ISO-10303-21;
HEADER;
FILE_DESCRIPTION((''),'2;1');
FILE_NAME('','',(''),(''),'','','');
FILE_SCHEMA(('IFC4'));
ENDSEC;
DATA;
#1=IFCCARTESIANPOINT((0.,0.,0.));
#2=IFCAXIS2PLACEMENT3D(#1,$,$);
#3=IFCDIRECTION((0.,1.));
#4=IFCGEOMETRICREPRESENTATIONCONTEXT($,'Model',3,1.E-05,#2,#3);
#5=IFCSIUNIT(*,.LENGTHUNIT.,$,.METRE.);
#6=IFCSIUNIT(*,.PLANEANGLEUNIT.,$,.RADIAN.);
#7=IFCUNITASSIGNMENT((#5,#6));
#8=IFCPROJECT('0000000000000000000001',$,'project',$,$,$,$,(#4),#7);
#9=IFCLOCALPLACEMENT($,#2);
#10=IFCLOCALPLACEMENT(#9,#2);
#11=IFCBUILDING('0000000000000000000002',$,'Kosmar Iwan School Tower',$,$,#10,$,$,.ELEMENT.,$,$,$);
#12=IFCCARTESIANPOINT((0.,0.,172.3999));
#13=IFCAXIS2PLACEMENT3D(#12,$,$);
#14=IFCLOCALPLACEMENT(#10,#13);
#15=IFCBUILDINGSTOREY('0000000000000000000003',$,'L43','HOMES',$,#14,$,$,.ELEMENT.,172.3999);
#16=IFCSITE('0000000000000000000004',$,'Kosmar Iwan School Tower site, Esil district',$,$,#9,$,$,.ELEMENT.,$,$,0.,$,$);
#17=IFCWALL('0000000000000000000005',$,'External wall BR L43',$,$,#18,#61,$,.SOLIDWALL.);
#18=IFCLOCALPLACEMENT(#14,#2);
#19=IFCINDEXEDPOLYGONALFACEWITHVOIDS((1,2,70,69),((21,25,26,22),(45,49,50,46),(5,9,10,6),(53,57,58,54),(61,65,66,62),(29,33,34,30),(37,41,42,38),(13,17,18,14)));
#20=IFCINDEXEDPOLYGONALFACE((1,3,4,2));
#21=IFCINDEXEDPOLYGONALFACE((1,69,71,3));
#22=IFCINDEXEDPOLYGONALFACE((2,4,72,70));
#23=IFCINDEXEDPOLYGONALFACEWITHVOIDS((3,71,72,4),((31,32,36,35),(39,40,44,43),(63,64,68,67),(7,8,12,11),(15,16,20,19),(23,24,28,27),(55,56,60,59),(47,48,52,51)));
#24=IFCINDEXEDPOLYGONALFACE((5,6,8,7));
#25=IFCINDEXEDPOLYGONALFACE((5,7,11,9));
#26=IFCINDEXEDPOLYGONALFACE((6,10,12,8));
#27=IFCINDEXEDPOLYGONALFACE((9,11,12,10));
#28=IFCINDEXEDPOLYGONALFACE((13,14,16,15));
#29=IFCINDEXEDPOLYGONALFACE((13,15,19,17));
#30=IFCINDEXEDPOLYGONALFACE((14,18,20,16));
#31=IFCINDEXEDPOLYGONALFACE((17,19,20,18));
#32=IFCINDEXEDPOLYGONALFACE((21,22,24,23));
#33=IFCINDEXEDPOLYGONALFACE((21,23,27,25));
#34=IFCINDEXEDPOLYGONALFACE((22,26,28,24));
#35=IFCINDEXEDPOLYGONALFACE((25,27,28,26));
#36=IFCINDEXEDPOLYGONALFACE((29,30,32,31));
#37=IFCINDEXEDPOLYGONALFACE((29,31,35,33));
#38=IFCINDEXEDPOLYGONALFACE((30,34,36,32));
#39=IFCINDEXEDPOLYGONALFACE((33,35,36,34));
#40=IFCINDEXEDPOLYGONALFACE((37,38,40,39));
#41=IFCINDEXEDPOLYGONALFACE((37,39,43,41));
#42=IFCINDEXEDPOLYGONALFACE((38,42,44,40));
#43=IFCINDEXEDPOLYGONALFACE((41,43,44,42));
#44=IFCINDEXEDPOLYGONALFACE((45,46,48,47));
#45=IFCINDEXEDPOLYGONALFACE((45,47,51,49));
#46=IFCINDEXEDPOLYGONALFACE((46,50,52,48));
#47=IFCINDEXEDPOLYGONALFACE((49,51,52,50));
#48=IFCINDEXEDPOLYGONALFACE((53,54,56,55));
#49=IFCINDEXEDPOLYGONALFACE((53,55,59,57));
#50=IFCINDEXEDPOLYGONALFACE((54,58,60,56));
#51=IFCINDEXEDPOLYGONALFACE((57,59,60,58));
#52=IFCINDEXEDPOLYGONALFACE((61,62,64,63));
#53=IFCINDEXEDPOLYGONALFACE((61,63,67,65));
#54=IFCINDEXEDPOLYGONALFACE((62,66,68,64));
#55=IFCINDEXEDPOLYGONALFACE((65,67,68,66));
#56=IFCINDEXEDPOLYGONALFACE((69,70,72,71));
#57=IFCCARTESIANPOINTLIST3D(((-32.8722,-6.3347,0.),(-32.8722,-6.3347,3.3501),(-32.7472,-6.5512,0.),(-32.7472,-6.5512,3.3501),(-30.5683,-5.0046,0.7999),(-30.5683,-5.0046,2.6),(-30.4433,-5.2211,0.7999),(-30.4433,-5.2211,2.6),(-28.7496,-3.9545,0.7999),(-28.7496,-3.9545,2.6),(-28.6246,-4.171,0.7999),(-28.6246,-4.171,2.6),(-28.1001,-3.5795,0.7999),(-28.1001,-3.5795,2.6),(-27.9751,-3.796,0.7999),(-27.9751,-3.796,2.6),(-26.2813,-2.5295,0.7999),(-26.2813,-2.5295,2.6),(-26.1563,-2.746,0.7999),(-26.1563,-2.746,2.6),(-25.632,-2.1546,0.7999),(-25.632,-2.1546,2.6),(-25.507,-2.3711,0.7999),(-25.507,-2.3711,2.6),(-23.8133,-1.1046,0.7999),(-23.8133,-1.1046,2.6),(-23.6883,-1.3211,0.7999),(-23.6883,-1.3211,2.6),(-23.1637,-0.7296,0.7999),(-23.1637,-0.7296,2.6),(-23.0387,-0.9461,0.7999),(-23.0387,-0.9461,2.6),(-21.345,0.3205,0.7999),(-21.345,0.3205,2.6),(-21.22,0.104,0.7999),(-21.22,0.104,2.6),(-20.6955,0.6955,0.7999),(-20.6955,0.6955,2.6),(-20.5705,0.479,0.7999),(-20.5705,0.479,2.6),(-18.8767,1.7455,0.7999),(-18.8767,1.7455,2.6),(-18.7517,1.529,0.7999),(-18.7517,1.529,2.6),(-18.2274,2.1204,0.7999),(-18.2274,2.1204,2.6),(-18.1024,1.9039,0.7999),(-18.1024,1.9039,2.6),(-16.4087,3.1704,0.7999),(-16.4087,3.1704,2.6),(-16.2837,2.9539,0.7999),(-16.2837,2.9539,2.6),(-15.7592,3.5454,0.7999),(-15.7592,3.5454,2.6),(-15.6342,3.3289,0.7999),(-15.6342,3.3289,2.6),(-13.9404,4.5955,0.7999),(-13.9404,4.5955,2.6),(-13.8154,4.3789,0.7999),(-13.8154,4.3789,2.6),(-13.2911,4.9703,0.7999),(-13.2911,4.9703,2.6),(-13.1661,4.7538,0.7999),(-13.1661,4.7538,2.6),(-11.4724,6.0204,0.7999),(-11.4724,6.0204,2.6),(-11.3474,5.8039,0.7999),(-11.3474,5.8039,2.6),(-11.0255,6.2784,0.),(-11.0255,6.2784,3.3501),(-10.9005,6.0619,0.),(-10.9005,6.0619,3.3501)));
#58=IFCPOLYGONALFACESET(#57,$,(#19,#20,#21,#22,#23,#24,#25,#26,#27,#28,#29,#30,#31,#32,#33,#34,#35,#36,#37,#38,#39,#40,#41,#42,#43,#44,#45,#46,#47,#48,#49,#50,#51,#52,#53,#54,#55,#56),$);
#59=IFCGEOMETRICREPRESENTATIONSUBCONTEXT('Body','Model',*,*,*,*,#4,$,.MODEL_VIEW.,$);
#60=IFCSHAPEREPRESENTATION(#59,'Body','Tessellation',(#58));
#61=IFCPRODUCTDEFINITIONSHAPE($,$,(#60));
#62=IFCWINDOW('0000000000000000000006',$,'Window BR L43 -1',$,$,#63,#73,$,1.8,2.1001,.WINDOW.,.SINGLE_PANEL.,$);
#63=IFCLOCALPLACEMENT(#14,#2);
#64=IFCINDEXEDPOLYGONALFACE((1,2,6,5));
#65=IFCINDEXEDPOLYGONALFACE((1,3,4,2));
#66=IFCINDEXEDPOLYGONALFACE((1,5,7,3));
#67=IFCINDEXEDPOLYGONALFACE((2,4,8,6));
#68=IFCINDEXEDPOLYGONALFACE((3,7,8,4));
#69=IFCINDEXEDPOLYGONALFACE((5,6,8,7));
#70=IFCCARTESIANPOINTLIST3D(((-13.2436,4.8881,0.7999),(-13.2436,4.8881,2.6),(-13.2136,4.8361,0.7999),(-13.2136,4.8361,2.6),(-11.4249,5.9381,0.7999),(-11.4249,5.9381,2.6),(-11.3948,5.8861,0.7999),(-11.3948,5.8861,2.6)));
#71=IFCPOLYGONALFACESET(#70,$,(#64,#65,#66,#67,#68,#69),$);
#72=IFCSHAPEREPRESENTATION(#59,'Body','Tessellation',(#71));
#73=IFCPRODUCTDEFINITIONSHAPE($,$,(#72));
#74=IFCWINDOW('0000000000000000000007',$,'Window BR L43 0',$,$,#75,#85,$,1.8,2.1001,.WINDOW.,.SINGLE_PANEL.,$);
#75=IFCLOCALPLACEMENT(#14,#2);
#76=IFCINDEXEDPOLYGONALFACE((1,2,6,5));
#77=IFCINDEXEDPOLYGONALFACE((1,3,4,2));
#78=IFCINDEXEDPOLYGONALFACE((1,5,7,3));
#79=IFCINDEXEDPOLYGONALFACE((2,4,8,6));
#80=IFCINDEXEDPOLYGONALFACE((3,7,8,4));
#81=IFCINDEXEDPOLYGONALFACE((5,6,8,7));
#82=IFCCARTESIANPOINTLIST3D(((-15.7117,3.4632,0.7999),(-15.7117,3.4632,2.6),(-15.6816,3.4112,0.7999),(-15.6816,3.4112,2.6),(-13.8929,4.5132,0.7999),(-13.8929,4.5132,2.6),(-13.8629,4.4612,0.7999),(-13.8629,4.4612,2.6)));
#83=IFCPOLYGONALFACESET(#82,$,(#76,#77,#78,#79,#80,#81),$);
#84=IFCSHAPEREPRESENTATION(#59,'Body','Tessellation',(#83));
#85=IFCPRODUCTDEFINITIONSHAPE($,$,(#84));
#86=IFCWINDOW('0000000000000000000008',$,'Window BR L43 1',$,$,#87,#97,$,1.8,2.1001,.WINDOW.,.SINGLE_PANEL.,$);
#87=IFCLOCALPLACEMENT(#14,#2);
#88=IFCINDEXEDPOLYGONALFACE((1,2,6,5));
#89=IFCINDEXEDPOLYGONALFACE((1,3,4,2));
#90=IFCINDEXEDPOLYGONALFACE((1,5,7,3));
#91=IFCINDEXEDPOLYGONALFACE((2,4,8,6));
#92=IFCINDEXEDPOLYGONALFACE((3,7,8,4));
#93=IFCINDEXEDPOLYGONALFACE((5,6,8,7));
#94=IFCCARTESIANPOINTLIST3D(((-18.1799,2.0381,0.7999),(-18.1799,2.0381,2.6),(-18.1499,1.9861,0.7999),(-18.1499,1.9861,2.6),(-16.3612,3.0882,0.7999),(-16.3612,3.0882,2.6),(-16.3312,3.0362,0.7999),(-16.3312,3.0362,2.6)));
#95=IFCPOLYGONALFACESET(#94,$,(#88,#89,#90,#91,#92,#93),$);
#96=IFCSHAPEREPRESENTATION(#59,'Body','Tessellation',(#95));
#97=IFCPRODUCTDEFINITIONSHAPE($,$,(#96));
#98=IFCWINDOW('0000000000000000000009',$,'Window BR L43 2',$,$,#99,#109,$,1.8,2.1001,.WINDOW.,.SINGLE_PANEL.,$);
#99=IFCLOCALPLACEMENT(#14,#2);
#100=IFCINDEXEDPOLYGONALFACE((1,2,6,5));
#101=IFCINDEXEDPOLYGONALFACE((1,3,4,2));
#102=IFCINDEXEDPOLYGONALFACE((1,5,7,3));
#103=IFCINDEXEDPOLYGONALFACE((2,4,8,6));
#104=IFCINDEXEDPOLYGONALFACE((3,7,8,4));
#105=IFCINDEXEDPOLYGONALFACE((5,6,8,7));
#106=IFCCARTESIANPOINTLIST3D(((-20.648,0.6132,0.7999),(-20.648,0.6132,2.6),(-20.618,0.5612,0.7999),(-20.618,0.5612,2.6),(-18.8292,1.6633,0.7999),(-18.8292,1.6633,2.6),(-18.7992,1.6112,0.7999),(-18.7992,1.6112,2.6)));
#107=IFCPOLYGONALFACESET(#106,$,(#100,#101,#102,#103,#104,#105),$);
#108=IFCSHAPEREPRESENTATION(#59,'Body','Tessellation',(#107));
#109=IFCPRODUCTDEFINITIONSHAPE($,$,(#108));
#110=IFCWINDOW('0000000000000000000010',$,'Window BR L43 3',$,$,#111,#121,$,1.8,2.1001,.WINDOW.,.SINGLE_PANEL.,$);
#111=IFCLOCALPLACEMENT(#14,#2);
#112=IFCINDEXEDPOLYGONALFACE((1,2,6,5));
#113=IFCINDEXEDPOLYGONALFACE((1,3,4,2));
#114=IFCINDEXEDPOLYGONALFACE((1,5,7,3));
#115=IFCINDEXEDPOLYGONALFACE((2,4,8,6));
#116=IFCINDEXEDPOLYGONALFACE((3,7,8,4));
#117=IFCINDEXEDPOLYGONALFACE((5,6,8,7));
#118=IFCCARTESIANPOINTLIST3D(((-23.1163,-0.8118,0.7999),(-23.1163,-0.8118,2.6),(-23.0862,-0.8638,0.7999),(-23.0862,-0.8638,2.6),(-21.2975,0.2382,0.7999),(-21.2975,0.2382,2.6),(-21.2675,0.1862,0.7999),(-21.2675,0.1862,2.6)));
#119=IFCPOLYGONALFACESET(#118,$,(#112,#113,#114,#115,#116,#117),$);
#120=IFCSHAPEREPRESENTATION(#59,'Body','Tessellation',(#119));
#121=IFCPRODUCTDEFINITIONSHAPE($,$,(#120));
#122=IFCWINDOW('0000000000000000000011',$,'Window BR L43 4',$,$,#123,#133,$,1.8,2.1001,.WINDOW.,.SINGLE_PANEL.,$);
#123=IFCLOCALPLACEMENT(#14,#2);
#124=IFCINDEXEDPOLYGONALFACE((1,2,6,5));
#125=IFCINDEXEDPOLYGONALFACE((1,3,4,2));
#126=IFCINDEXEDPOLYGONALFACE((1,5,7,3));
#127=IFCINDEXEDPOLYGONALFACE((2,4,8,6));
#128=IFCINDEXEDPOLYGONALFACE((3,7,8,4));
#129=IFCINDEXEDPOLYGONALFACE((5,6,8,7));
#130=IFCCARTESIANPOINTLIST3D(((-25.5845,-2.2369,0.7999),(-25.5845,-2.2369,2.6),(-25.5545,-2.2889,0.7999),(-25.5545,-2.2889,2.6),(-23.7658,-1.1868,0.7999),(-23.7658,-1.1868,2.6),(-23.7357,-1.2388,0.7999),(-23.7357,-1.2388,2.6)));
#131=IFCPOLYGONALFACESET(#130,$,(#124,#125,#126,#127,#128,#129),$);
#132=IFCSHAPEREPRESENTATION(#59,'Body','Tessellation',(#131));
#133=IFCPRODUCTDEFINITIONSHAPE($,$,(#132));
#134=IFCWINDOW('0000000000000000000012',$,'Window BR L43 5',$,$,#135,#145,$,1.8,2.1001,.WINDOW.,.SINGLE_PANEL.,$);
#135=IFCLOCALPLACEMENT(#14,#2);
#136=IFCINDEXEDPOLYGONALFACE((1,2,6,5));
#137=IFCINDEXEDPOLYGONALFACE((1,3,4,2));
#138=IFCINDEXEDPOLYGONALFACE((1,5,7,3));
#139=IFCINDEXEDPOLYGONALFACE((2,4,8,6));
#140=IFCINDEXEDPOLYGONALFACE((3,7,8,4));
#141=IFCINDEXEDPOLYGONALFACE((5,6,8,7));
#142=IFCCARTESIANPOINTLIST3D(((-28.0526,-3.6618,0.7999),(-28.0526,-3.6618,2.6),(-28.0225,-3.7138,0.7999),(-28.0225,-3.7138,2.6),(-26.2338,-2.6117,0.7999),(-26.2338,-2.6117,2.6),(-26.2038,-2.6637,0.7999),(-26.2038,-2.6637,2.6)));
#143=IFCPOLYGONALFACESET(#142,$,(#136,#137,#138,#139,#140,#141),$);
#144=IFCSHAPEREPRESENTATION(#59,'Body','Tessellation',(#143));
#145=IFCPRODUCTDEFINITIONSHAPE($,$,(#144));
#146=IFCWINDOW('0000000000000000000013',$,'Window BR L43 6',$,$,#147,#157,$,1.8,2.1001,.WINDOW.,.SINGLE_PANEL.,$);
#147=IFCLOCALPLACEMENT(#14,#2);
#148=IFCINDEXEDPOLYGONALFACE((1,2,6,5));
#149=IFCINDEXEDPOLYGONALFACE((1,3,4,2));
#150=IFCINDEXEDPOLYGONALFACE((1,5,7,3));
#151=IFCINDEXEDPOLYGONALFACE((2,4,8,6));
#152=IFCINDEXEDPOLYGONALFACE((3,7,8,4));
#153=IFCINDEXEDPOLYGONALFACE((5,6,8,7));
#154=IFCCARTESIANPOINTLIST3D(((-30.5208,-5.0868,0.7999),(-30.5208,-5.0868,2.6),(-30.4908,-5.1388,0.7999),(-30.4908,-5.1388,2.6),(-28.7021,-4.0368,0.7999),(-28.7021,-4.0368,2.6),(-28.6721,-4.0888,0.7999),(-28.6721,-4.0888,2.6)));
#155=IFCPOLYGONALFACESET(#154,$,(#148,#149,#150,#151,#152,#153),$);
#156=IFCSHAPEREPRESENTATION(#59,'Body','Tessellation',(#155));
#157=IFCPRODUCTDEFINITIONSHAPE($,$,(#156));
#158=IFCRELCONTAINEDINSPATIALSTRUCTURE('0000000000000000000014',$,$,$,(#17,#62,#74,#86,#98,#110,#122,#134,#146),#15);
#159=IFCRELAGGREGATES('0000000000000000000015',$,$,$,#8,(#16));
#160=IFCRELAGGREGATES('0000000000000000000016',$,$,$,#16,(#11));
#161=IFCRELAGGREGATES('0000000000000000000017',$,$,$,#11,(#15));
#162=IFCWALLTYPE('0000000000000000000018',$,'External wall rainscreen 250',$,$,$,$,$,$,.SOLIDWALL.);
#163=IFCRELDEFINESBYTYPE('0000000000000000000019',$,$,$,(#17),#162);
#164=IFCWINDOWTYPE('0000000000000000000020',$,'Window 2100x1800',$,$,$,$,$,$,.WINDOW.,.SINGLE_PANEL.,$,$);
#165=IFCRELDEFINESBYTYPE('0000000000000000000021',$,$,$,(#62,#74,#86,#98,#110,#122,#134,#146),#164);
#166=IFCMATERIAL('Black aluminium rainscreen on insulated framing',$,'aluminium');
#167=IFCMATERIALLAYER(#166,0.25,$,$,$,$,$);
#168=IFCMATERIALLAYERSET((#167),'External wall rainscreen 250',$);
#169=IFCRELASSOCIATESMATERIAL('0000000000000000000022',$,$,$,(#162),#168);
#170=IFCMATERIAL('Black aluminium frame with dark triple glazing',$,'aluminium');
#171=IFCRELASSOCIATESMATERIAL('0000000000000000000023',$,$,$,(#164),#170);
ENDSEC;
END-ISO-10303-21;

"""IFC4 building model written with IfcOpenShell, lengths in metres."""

from ifc_helpers import new_model, si_unit, direction, frame, frame_2d, origin, place, context, subcontext, project, spatial, rectangle, extrude, material, layer, layer_set, type_object, element, fill, save


model = new_model("IFC4")

# Units and contexts
model_context = context("Model", 3, precision=1e-05, world=origin(), true_north=direction((0.0, 1.0)))
body_context = subcontext(model_context, "Body", "Model", "MODEL_VIEW")
ifc_project = project(units=[si_unit("LENGTHUNIT", "METRE"), si_unit("PLANEANGLEUNIT", "RADIAN")], contexts=[model_context])

# Site, building, storey
site_placement = place(None, origin())
site = spatial("IfcSite", under=ifc_project, at=site_placement, Name="Kosmar Iwan School Tower site, Esil district", CompositionType="ELEMENT", RefElevation=0.0)
building_placement = place(site_placement, origin())
building = spatial("IfcBuilding", under=site, at=building_placement, Name="Kosmar Iwan School Tower", CompositionType="ELEMENT")
storey_placement = place(building_placement, frame((0.0, 0.0, 172.3999)))
storey = spatial("IfcBuildingStorey", under=building, at=storey_placement, Name="L43", Description="HOMES", CompositionType="ELEMENT", Elevation=172.3999)

# Wall, openings, windows
ifc_material_1 = material(Name="Black aluminium rainscreen on insulated framing", Category="aluminium")
ifc_layer = layer(ifc_material_1, 0.25)
ifc_layer_set = layer_set([ifc_layer], Name="External wall rainscreen 250")
wall_type = type_object("IfcWallType", Name="External wall rainscreen 250", PredefinedType="SOLIDWALL", material=ifc_layer_set)
ifc_material_2 = material(Name="Black aluminium frame with dark triple glazing", Category="aluminium")
window_type = type_object("IfcWindowType", Name="Window 2100x1800", PartitioningType="SINGLE_PANEL", PredefinedType="WINDOW", material=ifc_material_2)
wall_1_placement = place(storey_placement, frame((-10.9629, 6.1702, 0.0), z_axis=(0.0, 0.0, 1.0), x_axis=(-0.866028, -0.499996, 0.0)))
wall_1 = element("IfcWall", 1, at=wall_1_placement, inside=storey, type_object=wall_type, Name="External wall BR L43", PredefinedType="SOLIDWALL", context=body_context, shape_type="SweptSolid", body=[
    extrude(rectangle(XDim=25.2263, YDim=0.25, at=frame_2d((12.6133, 0.0))), origin(), (0.0, 0.0, 1.0), 3.3501),
])
opening_1_placement = place(wall_1_placement, frame((0.5161, 0.0, 0.8)))
opening_1 = element("IfcOpeningElement", 2, at=opening_1_placement, cuts=wall_1, PredefinedType="OPENING", context=body_context, shape_type="SweptSolid", body=[
    extrude(rectangle(XDim=2.1001, YDim=1.8, at=frame_2d((1.05, 0.8999))), frame((0.0, 0.137, 0.0), z_axis=(0.0, -1.0, 0.0), x_axis=(1.0, 0.0, 0.0)), (0.0, 0.0, 1.0), 0.2739),
])
opening_2_placement = place(wall_1_placement, frame((3.366, 0.0, 0.8)))
opening_2 = element("IfcOpeningElement", 3, at=opening_2_placement, cuts=wall_1, PredefinedType="OPENING", context=body_context, shape_type="SweptSolid", body=[
    extrude(rectangle(XDim=2.1001, YDim=1.8, at=frame_2d((1.05, 0.8999))), frame((0.0, 0.137, 0.0), z_axis=(0.0, -1.0, 0.0), x_axis=(1.0, 0.0, 0.0)), (0.0, 0.0, 1.0), 0.2739),
])
opening_3_placement = place(wall_1_placement, frame((6.2161, 0.0, 0.8)))
opening_3 = element("IfcOpeningElement", 4, at=opening_3_placement, cuts=wall_1, PredefinedType="OPENING", context=body_context, shape_type="SweptSolid", body=[
    extrude(rectangle(XDim=2.1001, YDim=1.8, at=frame_2d((1.05, 0.8999))), frame((0.0, 0.137, 0.0), z_axis=(0.0, -1.0, 0.0), x_axis=(1.0, 0.0, 0.0)), (0.0, 0.0, 1.0), 0.2739),
])
opening_4_placement = place(wall_1_placement, frame((9.0659, 0.0, 0.8)))
opening_4 = element("IfcOpeningElement", 5, at=opening_4_placement, cuts=wall_1, PredefinedType="OPENING", context=body_context, shape_type="SweptSolid", body=[
    extrude(rectangle(XDim=2.1001, YDim=1.8, at=frame_2d((1.05, 0.8999))), frame((0.0, 0.137, 0.0), z_axis=(0.0, -1.0, 0.0), x_axis=(1.0, 0.0, 0.0)), (0.0, 0.0, 1.0), 0.2739),
])
opening_5_placement = place(wall_1_placement, frame((11.916, 0.0, 0.8)))
opening_5 = element("IfcOpeningElement", 6, at=opening_5_placement, cuts=wall_1, PredefinedType="OPENING", context=body_context, shape_type="SweptSolid", body=[
    extrude(rectangle(XDim=2.1001, YDim=1.8, at=frame_2d((1.05, 0.8999))), frame((0.0, 0.137, 0.0), z_axis=(0.0, -1.0, 0.0), x_axis=(1.0, 0.0, 0.0)), (0.0, 0.0, 1.0), 0.2739),
])
opening_6_placement = place(wall_1_placement, frame((14.7661, 0.0, 0.8)))
opening_6 = element("IfcOpeningElement", 7, at=opening_6_placement, cuts=wall_1, PredefinedType="OPENING", context=body_context, shape_type="SweptSolid", body=[
    extrude(rectangle(XDim=2.1001, YDim=1.8, at=frame_2d((1.05, 0.8999))), frame((0.0, 0.137, 0.0), z_axis=(0.0, -1.0, 0.0), x_axis=(1.0, 0.0, 0.0)), (0.0, 0.0, 1.0), 0.2739),
])
opening_7_placement = place(wall_1_placement, frame((17.616, 0.0, 0.8)))
opening_7 = element("IfcOpeningElement", 8, at=opening_7_placement, cuts=wall_1, PredefinedType="OPENING", context=body_context, shape_type="SweptSolid", body=[
    extrude(rectangle(XDim=2.1001, YDim=1.8, at=frame_2d((1.05, 0.8999))), frame((0.0, 0.137, 0.0), z_axis=(0.0, -1.0, 0.0), x_axis=(1.0, 0.0, 0.0)), (0.0, 0.0, 1.0), 0.2739),
])
opening_8_placement = place(wall_1_placement, frame((20.4661, 0.0, 0.8)))
opening_8 = element("IfcOpeningElement", 9, at=opening_8_placement, cuts=wall_1, PredefinedType="OPENING", context=body_context, shape_type="SweptSolid", body=[
    extrude(rectangle(XDim=2.1001, YDim=1.8, at=frame_2d((1.05, 0.8999))), frame((0.0, 0.137, 0.0), z_axis=(0.0, -1.0, 0.0), x_axis=(1.0, 0.0, 0.0)), (0.0, 0.0, 1.0), 0.2739),
])
window_1_placement = place(opening_1_placement, origin())
window_1 = element("IfcWindow", 10, at=window_1_placement, inside=storey, type_object=window_type, Name="Window BR L43 -1", OverallHeight=1.8, OverallWidth=2.1001, PartitioningType="SINGLE_PANEL", PredefinedType="WINDOW", context=body_context, shape_type="SweptSolid", body=[
    extrude(rectangle(XDim=2.1001, YDim=1.8, at=frame_2d((1.05, 0.8999))), frame((0.0, 0.03, 0.0), z_axis=(0.0, -1.0, 0.0), x_axis=(1.0, 0.0, 0.0)), (0.0, 0.0, 1.0), 0.0601),
])
fill(opening_1, window_1)
window_2_placement = place(opening_2_placement, origin())
window_2 = element("IfcWindow", 11, at=window_2_placement, inside=storey, type_object=window_type, Name="Window BR L43 0", OverallHeight=1.8, OverallWidth=2.1001, PartitioningType="SINGLE_PANEL", PredefinedType="WINDOW", context=body_context, shape_type="SweptSolid", body=[
    extrude(rectangle(XDim=2.1001, YDim=1.8, at=frame_2d((1.05, 0.8999))), frame((0.0, 0.03, 0.0), z_axis=(0.0, -1.0, 0.0), x_axis=(1.0, 0.0, 0.0)), (0.0, 0.0, 1.0), 0.0601),
])
fill(opening_2, window_2)
window_3_placement = place(opening_3_placement, origin())
window_3 = element("IfcWindow", 12, at=window_3_placement, inside=storey, type_object=window_type, Name="Window BR L43 1", OverallHeight=1.8, OverallWidth=2.1001, PartitioningType="SINGLE_PANEL", PredefinedType="WINDOW", context=body_context, shape_type="SweptSolid", body=[
    extrude(rectangle(XDim=2.1001, YDim=1.8, at=frame_2d((1.05, 0.8999))), frame((0.0, 0.03, 0.0), z_axis=(0.0, -1.0, 0.0), x_axis=(1.0, 0.0, 0.0)), (0.0, 0.0, 1.0), 0.0601),
])
fill(opening_3, window_3)
window_4_placement = place(opening_4_placement, origin())
window_4 = element("IfcWindow", 13, at=window_4_placement, inside=storey, type_object=window_type, Name="Window BR L43 2", OverallHeight=1.8, OverallWidth=2.1001, PartitioningType="SINGLE_PANEL", PredefinedType="WINDOW", context=body_context, shape_type="SweptSolid", body=[
    extrude(rectangle(XDim=2.1001, YDim=1.8, at=frame_2d((1.05, 0.8999))), frame((0.0, 0.03, 0.0), z_axis=(0.0, -1.0, 0.0), x_axis=(1.0, 0.0, 0.0)), (0.0, 0.0, 1.0), 0.0601),
])
fill(opening_4, window_4)
window_5_placement = place(opening_5_placement, origin())
window_5 = element("IfcWindow", 14, at=window_5_placement, inside=storey, type_object=window_type, Name="Window BR L43 3", OverallHeight=1.8, OverallWidth=2.1001, PartitioningType="SINGLE_PANEL", PredefinedType="WINDOW", context=body_context, shape_type="SweptSolid", body=[
    extrude(rectangle(XDim=2.1001, YDim=1.8, at=frame_2d((1.05, 0.8999))), frame((0.0, 0.03, 0.0), z_axis=(0.0, -1.0, 0.0), x_axis=(1.0, 0.0, 0.0)), (0.0, 0.0, 1.0), 0.0601),
])
fill(opening_5, window_5)
window_6_placement = place(opening_6_placement, origin())
window_6 = element("IfcWindow", 15, at=window_6_placement, inside=storey, type_object=window_type, Name="Window BR L43 4", OverallHeight=1.8, OverallWidth=2.1001, PartitioningType="SINGLE_PANEL", PredefinedType="WINDOW", context=body_context, shape_type="SweptSolid", body=[
    extrude(rectangle(XDim=2.1001, YDim=1.8, at=frame_2d((1.05, 0.8999))), frame((0.0, 0.03, 0.0), z_axis=(0.0, -1.0, 0.0), x_axis=(1.0, 0.0, 0.0)), (0.0, 0.0, 1.0), 0.0601),
])
fill(opening_6, window_6)
window_7_placement = place(opening_7_placement, origin())
window_7 = element("IfcWindow", 16, at=window_7_placement, inside=storey, type_object=window_type, Name="Window BR L43 5", OverallHeight=1.8, OverallWidth=2.1001, PartitioningType="SINGLE_PANEL", PredefinedType="WINDOW", context=body_context, shape_type="SweptSolid", body=[
    extrude(rectangle(XDim=2.1001, YDim=1.8, at=frame_2d((1.05, 0.8999))), frame((0.0, 0.03, 0.0), z_axis=(0.0, -1.0, 0.0), x_axis=(1.0, 0.0, 0.0)), (0.0, 0.0, 1.0), 0.0601),
])
fill(opening_7, window_7)
window_8_placement = place(opening_8_placement, origin())
window_8 = element("IfcWindow", 17, at=window_8_placement, inside=storey, type_object=window_type, Name="Window BR L43 6", OverallHeight=1.8, OverallWidth=2.1001, PartitioningType="SINGLE_PANEL", PredefinedType="WINDOW", context=body_context, shape_type="SweptSolid", body=[
    extrude(rectangle(XDim=2.1001, YDim=1.8, at=frame_2d((1.05, 0.8999))), frame((0.0, 0.03, 0.0), z_axis=(0.0, -1.0, 0.0), x_axis=(1.0, 0.0, 0.0)), (0.0, 0.0, 1.0), 0.0601),
])
fill(opening_8, window_8)

save(model, "model.ifc")
